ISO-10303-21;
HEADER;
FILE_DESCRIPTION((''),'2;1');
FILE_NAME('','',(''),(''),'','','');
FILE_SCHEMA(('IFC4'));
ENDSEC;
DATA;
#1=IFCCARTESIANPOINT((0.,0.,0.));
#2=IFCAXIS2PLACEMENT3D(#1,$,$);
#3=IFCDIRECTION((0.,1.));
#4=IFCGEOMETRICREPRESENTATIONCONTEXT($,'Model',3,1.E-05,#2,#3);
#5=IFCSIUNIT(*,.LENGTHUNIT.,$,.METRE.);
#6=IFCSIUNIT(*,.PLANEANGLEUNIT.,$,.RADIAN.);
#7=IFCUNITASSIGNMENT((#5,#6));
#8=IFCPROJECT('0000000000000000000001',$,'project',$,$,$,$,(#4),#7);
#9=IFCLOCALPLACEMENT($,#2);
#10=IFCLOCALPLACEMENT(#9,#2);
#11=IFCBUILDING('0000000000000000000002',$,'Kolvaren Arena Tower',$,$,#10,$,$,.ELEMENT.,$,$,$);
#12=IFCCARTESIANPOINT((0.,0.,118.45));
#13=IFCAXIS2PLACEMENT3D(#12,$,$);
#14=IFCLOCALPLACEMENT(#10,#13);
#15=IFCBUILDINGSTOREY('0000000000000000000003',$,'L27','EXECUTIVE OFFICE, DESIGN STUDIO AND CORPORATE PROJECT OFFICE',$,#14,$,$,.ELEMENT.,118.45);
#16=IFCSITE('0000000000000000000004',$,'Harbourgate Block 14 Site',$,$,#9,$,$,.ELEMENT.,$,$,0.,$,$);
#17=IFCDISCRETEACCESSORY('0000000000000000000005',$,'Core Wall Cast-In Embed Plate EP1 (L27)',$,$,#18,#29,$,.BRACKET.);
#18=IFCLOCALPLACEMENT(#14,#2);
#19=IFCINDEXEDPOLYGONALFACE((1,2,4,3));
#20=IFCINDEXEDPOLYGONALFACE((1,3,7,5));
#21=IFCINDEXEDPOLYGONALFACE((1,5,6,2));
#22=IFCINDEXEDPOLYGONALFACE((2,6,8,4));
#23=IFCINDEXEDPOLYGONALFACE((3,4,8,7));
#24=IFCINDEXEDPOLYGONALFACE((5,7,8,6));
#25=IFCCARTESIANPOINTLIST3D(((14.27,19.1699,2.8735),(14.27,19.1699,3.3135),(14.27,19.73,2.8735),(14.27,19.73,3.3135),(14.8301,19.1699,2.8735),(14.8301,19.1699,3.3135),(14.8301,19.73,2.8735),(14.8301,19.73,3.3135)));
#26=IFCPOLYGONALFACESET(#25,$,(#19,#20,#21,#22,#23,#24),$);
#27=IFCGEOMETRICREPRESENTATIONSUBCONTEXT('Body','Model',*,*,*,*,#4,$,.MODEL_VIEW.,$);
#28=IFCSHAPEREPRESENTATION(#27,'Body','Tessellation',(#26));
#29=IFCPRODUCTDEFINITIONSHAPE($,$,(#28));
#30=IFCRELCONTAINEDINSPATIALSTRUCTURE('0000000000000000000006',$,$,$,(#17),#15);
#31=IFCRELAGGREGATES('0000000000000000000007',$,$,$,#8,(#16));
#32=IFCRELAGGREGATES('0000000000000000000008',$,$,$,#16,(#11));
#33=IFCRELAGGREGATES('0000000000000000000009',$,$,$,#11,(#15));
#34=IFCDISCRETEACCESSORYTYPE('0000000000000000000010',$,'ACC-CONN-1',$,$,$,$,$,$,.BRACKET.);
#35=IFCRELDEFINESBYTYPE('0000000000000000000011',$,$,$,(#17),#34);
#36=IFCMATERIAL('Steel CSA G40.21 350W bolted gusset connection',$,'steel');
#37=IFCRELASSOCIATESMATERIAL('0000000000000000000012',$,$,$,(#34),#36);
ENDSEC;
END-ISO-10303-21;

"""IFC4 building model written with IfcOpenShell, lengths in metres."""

from ifc_helpers import new_model, si_unit, direction, frame, origin, origin_2d, place, context, subcontext, project, spatial, rectangle, extrude, material, type_object, element, save


model = new_model("IFC4")

# Units and contexts
model_context = context("Model", 3, precision=1e-05, world=origin(), true_north=direction((0.0, 1.0)))
body_context = subcontext(model_context, "Body", "Model", "MODEL_VIEW")
ifc_project = project(units=[si_unit("LENGTHUNIT", "METRE"), si_unit("PLANEANGLEUNIT", "RADIAN")], contexts=[model_context])

# Site, building, storey
site_placement = place(None, origin())
site = spatial("IfcSite", under=ifc_project, at=site_placement, Name="Harbourgate Block 14 Site", CompositionType="ELEMENT", RefElevation=0.0)
building_placement = place(site_placement, origin())
building = spatial("IfcBuilding", under=site, at=building_placement, Name="Kolvaren Arena Tower", CompositionType="ELEMENT")
storey_placement = place(building_placement, frame((0.0, 0.0, 118.45)))
storey = spatial("IfcBuildingStorey", under=building, at=storey_placement, Name="L27", Description="EXECUTIVE OFFICE, DESIGN STUDIO AND CORPORATE PROJECT OFFICE", CompositionType="ELEMENT", Elevation=118.45)

# Discrete accessory
ifc_material_1 = material(Name="Steel CSA G40.21 350W bolted gusset connection", Category="steel")
discrete_accessory_type = type_object("IfcDiscreteAccessoryType", Name="ACC-CONN-1", PredefinedType="BRACKET", material=ifc_material_1)
discrete_accessory_placement = place(storey_placement, frame((14.55, 19.45, 2.8735), z_axis=(0.0, 0.0, 1.0), x_axis=(1.0, 0.0, 0.0)))
element("IfcDiscreteAccessory", 1, at=discrete_accessory_placement, inside=storey, type_object=discrete_accessory_type, Name="Core Wall Cast-In Embed Plate EP1 (L27)", PredefinedType="BRACKET", context=body_context, shape_type="SweptSolid", body=[
    extrude(rectangle(XDim=0.5601, YDim=0.5601, at=origin_2d()), origin(), (0.0, 0.0, 1.0), 0.4399),
])

save(model, "model.ifc")
